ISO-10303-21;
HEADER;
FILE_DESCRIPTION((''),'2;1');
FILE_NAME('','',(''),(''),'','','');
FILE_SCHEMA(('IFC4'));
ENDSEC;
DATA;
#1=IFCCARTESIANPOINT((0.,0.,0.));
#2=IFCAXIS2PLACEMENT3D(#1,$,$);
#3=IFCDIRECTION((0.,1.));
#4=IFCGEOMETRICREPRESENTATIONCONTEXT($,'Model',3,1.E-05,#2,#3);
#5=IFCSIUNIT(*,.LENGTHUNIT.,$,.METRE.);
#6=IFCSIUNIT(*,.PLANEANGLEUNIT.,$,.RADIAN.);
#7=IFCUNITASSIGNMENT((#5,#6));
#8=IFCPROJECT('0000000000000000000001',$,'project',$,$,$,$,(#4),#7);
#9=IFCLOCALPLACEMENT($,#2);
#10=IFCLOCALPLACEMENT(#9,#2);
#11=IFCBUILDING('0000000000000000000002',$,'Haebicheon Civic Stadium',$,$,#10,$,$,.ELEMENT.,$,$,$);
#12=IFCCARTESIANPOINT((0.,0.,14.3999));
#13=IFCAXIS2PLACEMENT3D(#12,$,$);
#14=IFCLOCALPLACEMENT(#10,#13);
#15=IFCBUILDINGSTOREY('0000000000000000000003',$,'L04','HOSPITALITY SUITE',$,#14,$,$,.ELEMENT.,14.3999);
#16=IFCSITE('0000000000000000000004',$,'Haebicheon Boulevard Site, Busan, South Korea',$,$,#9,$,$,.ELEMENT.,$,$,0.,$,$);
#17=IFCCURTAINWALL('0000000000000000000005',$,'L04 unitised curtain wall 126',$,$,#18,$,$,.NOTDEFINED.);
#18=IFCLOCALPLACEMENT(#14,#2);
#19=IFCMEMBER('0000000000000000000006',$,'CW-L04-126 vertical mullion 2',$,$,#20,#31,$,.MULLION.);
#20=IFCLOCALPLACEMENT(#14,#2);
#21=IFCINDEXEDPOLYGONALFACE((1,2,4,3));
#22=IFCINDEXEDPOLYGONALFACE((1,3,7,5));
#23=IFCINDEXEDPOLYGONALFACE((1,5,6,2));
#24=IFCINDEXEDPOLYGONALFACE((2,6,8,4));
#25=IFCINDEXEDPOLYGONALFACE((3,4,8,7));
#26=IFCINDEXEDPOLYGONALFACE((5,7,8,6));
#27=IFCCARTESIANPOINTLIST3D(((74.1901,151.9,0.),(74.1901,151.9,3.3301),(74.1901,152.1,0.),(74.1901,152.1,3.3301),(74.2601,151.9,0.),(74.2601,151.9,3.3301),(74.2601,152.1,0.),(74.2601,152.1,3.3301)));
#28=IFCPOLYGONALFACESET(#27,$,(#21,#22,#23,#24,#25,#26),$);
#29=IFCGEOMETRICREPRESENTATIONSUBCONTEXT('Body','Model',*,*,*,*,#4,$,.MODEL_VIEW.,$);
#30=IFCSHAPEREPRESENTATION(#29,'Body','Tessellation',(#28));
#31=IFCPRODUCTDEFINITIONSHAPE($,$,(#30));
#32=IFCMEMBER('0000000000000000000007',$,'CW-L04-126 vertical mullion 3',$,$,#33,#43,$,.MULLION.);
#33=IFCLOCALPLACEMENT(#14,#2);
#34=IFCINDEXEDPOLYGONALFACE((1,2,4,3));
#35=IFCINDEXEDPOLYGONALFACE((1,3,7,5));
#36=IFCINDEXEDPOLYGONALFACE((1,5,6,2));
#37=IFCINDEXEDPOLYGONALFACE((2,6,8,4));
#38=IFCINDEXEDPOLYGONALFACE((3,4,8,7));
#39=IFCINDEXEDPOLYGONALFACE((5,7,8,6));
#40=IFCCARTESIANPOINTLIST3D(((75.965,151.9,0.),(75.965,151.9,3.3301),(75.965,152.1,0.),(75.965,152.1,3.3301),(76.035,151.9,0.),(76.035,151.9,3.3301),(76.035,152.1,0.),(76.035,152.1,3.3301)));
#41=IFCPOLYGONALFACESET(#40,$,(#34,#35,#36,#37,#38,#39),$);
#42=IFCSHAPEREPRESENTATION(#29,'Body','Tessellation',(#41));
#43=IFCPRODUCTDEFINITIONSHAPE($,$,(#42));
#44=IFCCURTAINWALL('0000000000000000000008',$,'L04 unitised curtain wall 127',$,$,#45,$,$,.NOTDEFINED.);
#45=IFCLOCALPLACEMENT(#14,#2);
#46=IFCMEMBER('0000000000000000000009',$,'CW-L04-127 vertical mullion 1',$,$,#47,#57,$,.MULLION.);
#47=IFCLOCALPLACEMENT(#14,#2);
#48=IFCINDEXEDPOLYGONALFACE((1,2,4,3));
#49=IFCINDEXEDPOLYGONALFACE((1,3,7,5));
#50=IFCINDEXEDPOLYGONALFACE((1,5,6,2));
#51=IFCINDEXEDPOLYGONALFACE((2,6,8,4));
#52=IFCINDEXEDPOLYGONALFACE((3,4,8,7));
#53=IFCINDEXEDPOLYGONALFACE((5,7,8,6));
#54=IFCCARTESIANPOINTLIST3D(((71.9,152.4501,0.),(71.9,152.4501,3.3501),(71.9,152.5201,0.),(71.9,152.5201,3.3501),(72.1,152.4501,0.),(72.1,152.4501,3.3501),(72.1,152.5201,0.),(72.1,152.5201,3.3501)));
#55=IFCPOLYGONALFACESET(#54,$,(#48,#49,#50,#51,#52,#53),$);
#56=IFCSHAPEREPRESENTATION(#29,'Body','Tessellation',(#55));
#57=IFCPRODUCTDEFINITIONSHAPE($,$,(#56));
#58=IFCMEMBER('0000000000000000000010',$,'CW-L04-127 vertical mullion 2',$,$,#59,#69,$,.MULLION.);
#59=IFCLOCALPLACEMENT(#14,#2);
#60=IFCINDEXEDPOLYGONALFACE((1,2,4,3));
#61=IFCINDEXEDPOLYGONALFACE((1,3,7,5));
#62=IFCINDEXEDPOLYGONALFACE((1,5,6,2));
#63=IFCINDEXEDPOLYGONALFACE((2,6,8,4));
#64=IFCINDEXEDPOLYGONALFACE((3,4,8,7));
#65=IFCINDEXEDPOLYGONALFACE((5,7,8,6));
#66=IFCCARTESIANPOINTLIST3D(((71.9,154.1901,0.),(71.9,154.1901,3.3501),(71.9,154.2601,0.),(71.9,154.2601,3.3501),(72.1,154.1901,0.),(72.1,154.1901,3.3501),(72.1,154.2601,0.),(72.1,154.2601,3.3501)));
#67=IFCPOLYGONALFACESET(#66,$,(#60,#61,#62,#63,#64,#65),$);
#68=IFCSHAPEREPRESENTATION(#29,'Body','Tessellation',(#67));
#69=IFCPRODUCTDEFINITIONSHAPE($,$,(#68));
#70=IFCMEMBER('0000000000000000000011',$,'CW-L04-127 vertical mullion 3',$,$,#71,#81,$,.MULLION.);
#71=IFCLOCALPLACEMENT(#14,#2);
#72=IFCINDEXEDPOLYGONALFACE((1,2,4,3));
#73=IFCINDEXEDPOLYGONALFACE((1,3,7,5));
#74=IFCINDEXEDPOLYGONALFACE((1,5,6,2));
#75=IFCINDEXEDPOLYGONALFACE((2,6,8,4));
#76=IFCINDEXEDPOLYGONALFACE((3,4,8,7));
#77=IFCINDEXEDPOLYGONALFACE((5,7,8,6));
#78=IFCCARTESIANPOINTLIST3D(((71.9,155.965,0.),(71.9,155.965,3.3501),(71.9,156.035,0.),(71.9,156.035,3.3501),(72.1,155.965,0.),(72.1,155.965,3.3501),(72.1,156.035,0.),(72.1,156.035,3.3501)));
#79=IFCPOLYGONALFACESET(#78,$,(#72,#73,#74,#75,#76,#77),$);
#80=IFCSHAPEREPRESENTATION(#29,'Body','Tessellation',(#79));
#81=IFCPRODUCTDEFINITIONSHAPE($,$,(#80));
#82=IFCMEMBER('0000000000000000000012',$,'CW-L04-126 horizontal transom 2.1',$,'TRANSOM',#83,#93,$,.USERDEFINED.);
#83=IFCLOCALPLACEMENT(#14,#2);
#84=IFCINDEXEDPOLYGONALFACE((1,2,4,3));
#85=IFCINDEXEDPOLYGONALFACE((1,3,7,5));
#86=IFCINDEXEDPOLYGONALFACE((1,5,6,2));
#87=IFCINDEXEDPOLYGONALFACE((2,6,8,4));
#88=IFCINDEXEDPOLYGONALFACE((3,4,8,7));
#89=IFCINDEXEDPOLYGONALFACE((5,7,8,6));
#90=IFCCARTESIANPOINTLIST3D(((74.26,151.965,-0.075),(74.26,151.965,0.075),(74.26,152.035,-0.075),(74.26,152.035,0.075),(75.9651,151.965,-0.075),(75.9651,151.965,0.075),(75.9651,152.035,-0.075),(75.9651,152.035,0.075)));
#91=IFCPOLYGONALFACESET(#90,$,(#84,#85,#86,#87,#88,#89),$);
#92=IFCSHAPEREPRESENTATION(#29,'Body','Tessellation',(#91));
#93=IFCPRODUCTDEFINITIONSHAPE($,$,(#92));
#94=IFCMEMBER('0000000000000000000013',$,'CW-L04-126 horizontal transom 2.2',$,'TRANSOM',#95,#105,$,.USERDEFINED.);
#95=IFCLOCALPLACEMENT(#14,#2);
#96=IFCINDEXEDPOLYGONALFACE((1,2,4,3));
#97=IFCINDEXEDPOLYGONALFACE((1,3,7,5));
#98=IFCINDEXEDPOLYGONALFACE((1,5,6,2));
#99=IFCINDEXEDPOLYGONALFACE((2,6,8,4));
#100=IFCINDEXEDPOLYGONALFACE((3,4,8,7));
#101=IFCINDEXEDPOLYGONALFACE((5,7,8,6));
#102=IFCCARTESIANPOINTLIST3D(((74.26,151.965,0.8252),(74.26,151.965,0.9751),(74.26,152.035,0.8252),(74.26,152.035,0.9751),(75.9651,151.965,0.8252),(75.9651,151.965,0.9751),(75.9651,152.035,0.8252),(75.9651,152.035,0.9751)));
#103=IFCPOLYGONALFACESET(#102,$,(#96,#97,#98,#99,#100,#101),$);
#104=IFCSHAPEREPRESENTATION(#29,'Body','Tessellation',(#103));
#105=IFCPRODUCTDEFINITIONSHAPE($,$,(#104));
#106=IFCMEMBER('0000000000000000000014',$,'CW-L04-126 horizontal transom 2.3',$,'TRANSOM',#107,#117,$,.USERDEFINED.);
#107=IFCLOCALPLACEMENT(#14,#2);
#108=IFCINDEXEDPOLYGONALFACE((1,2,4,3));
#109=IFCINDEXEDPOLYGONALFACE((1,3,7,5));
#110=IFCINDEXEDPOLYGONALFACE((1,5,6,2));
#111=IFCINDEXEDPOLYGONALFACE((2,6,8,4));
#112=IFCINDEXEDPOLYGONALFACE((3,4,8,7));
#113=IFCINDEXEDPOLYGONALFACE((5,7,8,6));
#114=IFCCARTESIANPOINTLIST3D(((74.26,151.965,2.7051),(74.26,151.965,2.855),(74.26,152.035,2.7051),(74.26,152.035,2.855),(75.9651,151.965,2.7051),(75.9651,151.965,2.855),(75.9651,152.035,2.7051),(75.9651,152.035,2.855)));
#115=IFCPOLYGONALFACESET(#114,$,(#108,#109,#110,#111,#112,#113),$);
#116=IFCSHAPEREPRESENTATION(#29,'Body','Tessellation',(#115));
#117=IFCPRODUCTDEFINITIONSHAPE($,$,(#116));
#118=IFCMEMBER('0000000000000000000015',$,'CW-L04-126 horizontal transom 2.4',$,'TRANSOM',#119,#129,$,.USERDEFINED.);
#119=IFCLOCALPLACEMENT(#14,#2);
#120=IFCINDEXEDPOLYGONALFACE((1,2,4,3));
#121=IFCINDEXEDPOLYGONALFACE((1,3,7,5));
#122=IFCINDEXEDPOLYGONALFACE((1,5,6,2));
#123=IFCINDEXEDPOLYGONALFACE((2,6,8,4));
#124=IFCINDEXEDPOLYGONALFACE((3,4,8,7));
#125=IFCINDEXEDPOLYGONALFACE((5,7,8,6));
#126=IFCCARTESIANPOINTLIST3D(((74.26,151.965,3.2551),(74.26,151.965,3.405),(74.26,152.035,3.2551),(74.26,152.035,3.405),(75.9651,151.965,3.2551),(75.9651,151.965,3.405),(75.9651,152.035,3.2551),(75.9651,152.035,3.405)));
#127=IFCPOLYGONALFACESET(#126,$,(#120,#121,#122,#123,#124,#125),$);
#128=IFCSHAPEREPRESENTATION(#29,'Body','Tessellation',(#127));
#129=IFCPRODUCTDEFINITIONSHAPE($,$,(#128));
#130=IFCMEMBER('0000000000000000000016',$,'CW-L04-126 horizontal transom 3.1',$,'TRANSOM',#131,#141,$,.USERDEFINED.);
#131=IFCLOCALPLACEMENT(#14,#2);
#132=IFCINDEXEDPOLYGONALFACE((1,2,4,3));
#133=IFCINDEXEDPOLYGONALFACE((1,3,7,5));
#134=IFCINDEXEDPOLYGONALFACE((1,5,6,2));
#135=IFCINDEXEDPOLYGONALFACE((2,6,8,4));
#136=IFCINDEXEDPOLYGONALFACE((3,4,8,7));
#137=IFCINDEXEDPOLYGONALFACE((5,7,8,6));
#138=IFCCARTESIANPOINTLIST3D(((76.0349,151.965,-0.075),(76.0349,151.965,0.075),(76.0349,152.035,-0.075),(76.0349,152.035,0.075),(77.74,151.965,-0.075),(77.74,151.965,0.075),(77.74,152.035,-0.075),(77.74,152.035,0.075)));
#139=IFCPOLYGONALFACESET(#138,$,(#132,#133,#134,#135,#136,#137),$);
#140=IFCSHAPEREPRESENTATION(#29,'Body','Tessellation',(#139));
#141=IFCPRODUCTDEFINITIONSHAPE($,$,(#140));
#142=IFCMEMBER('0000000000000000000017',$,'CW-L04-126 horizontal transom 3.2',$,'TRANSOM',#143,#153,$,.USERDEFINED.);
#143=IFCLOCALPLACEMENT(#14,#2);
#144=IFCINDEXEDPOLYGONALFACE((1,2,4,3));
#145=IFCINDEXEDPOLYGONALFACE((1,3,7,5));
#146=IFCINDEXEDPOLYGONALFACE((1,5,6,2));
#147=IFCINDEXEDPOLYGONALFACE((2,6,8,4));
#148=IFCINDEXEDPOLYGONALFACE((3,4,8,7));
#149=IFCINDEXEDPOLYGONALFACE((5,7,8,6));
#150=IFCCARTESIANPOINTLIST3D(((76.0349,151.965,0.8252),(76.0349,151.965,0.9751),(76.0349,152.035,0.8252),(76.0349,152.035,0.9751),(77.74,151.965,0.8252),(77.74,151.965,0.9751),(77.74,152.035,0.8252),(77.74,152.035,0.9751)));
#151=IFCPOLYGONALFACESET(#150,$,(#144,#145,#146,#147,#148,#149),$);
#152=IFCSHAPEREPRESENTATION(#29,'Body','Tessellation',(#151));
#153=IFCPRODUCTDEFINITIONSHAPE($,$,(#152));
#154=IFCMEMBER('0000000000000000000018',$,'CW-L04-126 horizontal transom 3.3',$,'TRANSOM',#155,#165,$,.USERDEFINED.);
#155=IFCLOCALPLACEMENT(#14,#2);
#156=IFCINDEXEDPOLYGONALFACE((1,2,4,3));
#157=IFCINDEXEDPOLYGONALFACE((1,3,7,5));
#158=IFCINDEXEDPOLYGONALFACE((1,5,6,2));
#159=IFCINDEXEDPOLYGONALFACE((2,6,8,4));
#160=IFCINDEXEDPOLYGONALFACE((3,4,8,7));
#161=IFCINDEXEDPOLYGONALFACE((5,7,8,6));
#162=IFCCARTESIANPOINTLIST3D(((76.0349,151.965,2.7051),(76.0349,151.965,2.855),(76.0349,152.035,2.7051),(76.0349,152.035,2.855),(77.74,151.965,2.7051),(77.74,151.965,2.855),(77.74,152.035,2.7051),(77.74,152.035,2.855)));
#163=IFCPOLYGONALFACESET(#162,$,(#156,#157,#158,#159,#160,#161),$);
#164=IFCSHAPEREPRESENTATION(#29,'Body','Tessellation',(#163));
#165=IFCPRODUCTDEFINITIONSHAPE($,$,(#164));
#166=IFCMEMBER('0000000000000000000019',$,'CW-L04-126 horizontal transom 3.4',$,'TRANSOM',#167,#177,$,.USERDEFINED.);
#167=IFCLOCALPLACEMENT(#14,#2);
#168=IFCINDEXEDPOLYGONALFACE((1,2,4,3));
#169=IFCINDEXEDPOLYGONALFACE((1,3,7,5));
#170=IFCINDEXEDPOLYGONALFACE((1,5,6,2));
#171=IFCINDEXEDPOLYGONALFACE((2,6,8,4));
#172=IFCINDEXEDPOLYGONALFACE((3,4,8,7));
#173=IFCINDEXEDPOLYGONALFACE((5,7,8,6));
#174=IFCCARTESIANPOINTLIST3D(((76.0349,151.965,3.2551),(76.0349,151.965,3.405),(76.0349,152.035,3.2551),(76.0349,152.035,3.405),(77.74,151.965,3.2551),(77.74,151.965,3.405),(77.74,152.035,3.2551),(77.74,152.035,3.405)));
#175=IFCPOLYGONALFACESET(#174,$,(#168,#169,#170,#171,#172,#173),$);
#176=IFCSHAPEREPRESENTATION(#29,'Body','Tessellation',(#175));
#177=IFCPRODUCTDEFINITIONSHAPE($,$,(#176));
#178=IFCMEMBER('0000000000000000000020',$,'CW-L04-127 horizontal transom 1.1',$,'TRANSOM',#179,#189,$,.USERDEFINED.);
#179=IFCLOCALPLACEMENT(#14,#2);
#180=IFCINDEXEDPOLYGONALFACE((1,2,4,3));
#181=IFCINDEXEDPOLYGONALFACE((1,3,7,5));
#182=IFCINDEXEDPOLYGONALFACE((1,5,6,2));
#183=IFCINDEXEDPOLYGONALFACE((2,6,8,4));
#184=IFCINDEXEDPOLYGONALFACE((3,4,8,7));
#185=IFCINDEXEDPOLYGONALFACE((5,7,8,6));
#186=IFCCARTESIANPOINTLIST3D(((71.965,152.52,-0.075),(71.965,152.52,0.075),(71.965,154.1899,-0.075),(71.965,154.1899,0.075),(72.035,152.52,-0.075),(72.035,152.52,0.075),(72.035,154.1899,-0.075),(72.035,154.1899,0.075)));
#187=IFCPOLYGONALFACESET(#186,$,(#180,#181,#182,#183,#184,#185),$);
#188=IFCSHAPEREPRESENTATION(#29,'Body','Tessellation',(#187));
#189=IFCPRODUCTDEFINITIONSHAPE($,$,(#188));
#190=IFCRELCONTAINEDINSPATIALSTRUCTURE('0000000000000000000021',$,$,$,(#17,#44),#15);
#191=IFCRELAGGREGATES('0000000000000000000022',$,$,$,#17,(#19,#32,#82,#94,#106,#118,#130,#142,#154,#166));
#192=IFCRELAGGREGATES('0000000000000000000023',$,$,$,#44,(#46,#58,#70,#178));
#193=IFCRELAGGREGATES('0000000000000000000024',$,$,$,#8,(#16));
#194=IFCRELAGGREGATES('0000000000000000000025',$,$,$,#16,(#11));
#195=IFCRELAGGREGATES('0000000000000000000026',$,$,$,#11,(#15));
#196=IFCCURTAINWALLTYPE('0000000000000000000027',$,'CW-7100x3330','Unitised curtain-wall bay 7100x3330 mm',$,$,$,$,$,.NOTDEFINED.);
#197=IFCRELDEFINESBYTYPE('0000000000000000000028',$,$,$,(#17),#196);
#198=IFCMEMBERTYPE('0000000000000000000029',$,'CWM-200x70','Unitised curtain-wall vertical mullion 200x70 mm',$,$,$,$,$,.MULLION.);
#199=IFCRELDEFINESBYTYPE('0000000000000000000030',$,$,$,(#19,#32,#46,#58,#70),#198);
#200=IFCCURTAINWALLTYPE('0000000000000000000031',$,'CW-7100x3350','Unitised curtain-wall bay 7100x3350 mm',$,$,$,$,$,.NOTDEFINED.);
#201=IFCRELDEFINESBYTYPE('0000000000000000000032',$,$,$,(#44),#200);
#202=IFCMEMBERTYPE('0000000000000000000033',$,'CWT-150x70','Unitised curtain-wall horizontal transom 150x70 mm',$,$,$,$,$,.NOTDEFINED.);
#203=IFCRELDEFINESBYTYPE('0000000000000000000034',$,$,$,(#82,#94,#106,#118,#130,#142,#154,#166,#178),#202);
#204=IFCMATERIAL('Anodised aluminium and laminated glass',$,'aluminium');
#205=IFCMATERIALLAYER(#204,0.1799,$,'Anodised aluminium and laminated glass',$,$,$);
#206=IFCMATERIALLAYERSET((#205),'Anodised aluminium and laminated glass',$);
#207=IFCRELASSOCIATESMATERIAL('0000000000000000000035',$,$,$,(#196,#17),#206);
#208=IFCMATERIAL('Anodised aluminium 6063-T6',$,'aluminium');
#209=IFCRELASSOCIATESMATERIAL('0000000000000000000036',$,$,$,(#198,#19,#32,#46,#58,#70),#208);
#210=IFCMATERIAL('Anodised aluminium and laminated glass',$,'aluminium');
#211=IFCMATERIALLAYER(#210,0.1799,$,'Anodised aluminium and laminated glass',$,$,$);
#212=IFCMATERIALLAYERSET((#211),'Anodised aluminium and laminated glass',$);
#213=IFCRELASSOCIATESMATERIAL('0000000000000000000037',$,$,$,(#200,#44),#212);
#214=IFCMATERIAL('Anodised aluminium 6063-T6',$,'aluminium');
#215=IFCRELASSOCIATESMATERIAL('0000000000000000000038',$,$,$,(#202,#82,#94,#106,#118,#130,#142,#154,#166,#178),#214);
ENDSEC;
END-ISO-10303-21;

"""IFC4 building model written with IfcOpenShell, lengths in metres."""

from ifc_helpers import new_model, si_unit, direction, frame, origin, origin_2d, place, context, subcontext, project, spatial, rectangle, extrude, material, layer, layer_set, material_profile, profile_set, type_object, element, aggregate, save


model = new_model("IFC4")

# Units and contexts
model_context = context("Model", 3, precision=1e-05, world=origin(), true_north=direction((0.0, 1.0)))
body_context = subcontext(model_context, "Body", "Model", "MODEL_VIEW")
ifc_project = project(units=[si_unit("LENGTHUNIT", "METRE"), si_unit("PLANEANGLEUNIT", "RADIAN")], contexts=[model_context])

# Site, building, storey
site_placement = place(None, origin())
site = spatial("IfcSite", under=ifc_project, at=site_placement, Name="Haebicheon Boulevard Site, Busan, South Korea", CompositionType="ELEMENT", RefElevation=0.0)
building_placement = place(site_placement, origin())
building = spatial("IfcBuilding", under=site, at=building_placement, Name="Haebicheon Civic Stadium", CompositionType="ELEMENT")
storey_placement = place(building_placement, frame((0.0, 0.0, 14.3999)))
storey = spatial("IfcBuildingStorey", under=building, at=storey_placement, Name="L04", Description="HOSPITALITY SUITE", CompositionType="ELEMENT", Elevation=14.3999)

# Curtain walls, members
ifc_material_1 = material(Name="Anodised aluminium and laminated glass", Category="aluminium")
ifc_layer_1 = layer(ifc_material_1, 0.1799, Name="Anodised aluminium and laminated glass")
ifc_layer_set_1 = layer_set([ifc_layer_1], Name="Anodised aluminium and laminated glass")
curtain_wall_type_1 = type_object("IfcCurtainWallType", Name="CW-7100x3330", Description="Unitised curtain-wall bay 7100x3330 mm", PredefinedType="NOTDEFINED", material=ifc_layer_set_1)
curtain_wall_1_placement = place(storey_placement, origin())
curtain_wall_1 = element("IfcCurtainWall", 1, at=curtain_wall_1_placement, inside=storey, type_object=curtain_wall_type_1, material=ifc_layer_set_1, Name="L04 unitised curtain wall 126", PredefinedType="NOTDEFINED")
ifc_material_2 = material(Name="Anodised aluminium 6063-T6", Category="aluminium")
ifc_material_profile_1 = material_profile(ifc_material_2, rectangle(XDim=0.0701, YDim=0.2, at=origin_2d()), Name="ALU-MULL-70x200")
ifc_profile_set_1 = profile_set([ifc_material_profile_1], Name="Anodised aluminium 6063-T6")
member_type_1 = type_object("IfcMemberType", Name="CWM-200x70", Description="Unitised curtain-wall vertical mullion 200x70 mm", PredefinedType="MULLION", material=ifc_profile_set_1)
member_1_placement = place(storey_placement, frame((74.2251, 152.0, 0.0), z_axis=(0.0, 0.0, 1.0), x_axis=(1.0, 0.0, 0.0)))
member_1 = element("IfcMember", 2, at=member_1_placement, type_object=member_type_1, material=ifc_profile_set_1, Name="CW-L04-126 vertical mullion 2", PredefinedType="MULLION", context=body_context, shape_type="SweptSolid", body=[
    extrude(rectangle(XDim=0.0701, YDim=0.2, at=origin_2d()), origin(), (0.0, 0.0, 1.0), 3.3301),
])
member_2_placement = place(storey_placement, frame((76.0, 152.0, 0.0), z_axis=(0.0, 0.0, 1.0), x_axis=(1.0, 0.0, 0.0)))
member_2 = element("IfcMember", 3, at=member_2_placement, type_object=member_type_1, material=ifc_profile_set_1, Name="CW-L04-126 vertical mullion 3", PredefinedType="MULLION", context=body_context, shape_type="SweptSolid", body=[
    extrude(rectangle(XDim=0.0701, YDim=0.2, at=origin_2d()), origin(), (0.0, 0.0, 1.0), 3.3301),
])
ifc_material_3 = material(Name="Anodised aluminium and laminated glass", Category="aluminium")
ifc_layer_2 = layer(ifc_material_3, 0.1799, Name="Anodised aluminium and laminated glass")
ifc_layer_set_2 = layer_set([ifc_layer_2], Name="Anodised aluminium and laminated glass")
curtain_wall_type_2 = type_object("IfcCurtainWallType", Name="CW-7100x3350", Description="Unitised curtain-wall bay 7100x3350 mm", PredefinedType="NOTDEFINED", material=ifc_layer_set_2)
curtain_wall_2_placement = place(storey_placement, origin())
curtain_wall_2 = element("IfcCurtainWall", 4, at=curtain_wall_2_placement, inside=storey, type_object=curtain_wall_type_2, material=ifc_layer_set_2, Name="L04 unitised curtain wall 127", PredefinedType="NOTDEFINED")
member_3_placement = place(storey_placement, frame((72.0, 152.4851, 0.0), z_axis=(0.0, 0.0, 1.0), x_axis=(0.0, 1.0, 0.0)))
member_3 = element("IfcMember", 5, at=member_3_placement, type_object=member_type_1, material=ifc_profile_set_1, Name="CW-L04-127 vertical mullion 1", PredefinedType="MULLION", context=body_context, shape_type="SweptSolid", body=[
    extrude(rectangle(XDim=0.0701, YDim=0.2, at=origin_2d()), origin(), (0.0, 0.0, 1.0), 3.3501),
])
member_4_placement = place(storey_placement, frame((72.0, 154.2251, 0.0), z_axis=(0.0, 0.0, 1.0), x_axis=(0.0, 1.0, 0.0)))
member_4 = element("IfcMember", 6, at=member_4_placement, type_object=member_type_1, material=ifc_profile_set_1, Name="CW-L04-127 vertical mullion 2", PredefinedType="MULLION", context=body_context, shape_type="SweptSolid", body=[
    extrude(rectangle(XDim=0.0701, YDim=0.2, at=origin_2d()), origin(), (0.0, 0.0, 1.0), 3.3501),
])
member_5_placement = place(storey_placement, frame((72.0, 156.0, 0.0), z_axis=(0.0, 0.0, 1.0), x_axis=(0.0, 1.0, 0.0)))
member_5 = element("IfcMember", 7, at=member_5_placement, type_object=member_type_1, material=ifc_profile_set_1, Name="CW-L04-127 vertical mullion 3", PredefinedType="MULLION", context=body_context, shape_type="SweptSolid", body=[
    extrude(rectangle(XDim=0.0701, YDim=0.2, at=origin_2d()), origin(), (0.0, 0.0, 1.0), 3.3501),
])

# Members
ifc_material_4 = material(Name="Anodised aluminium 6063-T6", Category="aluminium")
ifc_material_profile_2 = material_profile(ifc_material_4, rectangle(XDim=0.0701, YDim=0.1499, at=origin_2d()), Name="ALU-TRAN-70x150")
ifc_profile_set_2 = profile_set([ifc_material_profile_2], Name="Anodised aluminium 6063-T6")
member_type_2 = type_object("IfcMemberType", Name="CWT-150x70", Description="Unitised curtain-wall horizontal transom 150x70 mm", PredefinedType="NOTDEFINED", material=ifc_profile_set_2)
member_6_placement = place(storey_placement, frame((74.26, 152.0, 0.0), z_axis=(1.0, 0.0, 0.0), x_axis=(0.0, 1.0, 0.0)))
member_6 = element("IfcMember", 8, at=member_6_placement, type_object=member_type_2, material=ifc_profile_set_2, Name="CW-L04-126 horizontal transom 2.1", ObjectType="TRANSOM", PredefinedType="USERDEFINED", context=body_context, shape_type="SweptSolid", body=[
    extrude(rectangle(XDim=0.0701, YDim=0.1499, at=origin_2d()), origin(), (0.0, 0.0, 1.0), 1.7051),
])
member_7_placement = place(storey_placement, frame((74.26, 152.0, 0.9001), z_axis=(1.0, 0.0, 0.0), x_axis=(0.0, 1.0, 0.0)))
member_7 = element("IfcMember", 9, at=member_7_placement, type_object=member_type_2, material=ifc_profile_set_2, Name="CW-L04-126 horizontal transom 2.2", ObjectType="TRANSOM", PredefinedType="USERDEFINED", context=body_context, shape_type="SweptSolid", body=[
    extrude(rectangle(XDim=0.0701, YDim=0.1499, at=origin_2d()), origin(), (0.0, 0.0, 1.0), 1.7051),
])
member_8_placement = place(storey_placement, frame((74.26, 152.0, 2.78), z_axis=(1.0, 0.0, 0.0), x_axis=(0.0, 1.0, 0.0)))
member_8 = element("IfcMember", 10, at=member_8_placement, type_object=member_type_2, material=ifc_profile_set_2, Name="CW-L04-126 horizontal transom 2.3", ObjectType="TRANSOM", PredefinedType="USERDEFINED", context=body_context, shape_type="SweptSolid", body=[
    extrude(rectangle(XDim=0.0701, YDim=0.1499, at=origin_2d()), origin(), (0.0, 0.0, 1.0), 1.7051),
])
member_9_placement = place(storey_placement, frame((74.26, 152.0, 3.3301), z_axis=(1.0, 0.0, 0.0), x_axis=(0.0, 1.0, 0.0)))
member_9 = element("IfcMember", 11, at=member_9_placement, type_object=member_type_2, material=ifc_profile_set_2, Name="CW-L04-126 horizontal transom 2.4", ObjectType="TRANSOM", PredefinedType="USERDEFINED", context=body_context, shape_type="SweptSolid", body=[
    extrude(rectangle(XDim=0.0701, YDim=0.1499, at=origin_2d()), origin(), (0.0, 0.0, 1.0), 1.7051),
])
member_10_placement = place(storey_placement, frame((76.0349, 152.0, 0.0), z_axis=(1.0, 0.0, 0.0), x_axis=(0.0, 1.0, 0.0)))
member_10 = element("IfcMember", 12, at=member_10_placement, type_object=member_type_2, material=ifc_profile_set_2, Name="CW-L04-126 horizontal transom 3.1", ObjectType="TRANSOM", PredefinedType="USERDEFINED", context=body_context, shape_type="SweptSolid", body=[
    extrude(rectangle(XDim=0.0701, YDim=0.1499, at=origin_2d()), origin(), (0.0, 0.0, 1.0), 1.7051),
])
member_11_placement = place(storey_placement, frame((76.0349, 152.0, 0.9001), z_axis=(1.0, 0.0, 0.0), x_axis=(0.0, 1.0, 0.0)))
member_11 = element("IfcMember", 13, at=member_11_placement, type_object=member_type_2, material=ifc_profile_set_2, Name="CW-L04-126 horizontal transom 3.2", ObjectType="TRANSOM", PredefinedType="USERDEFINED", context=body_context, shape_type="SweptSolid", body=[
    extrude(rectangle(XDim=0.0701, YDim=0.1499, at=origin_2d()), origin(), (0.0, 0.0, 1.0), 1.7051),
])
member_12_placement = place(storey_placement, frame((76.0349, 152.0, 2.78), z_axis=(1.0, 0.0, 0.0), x_axis=(0.0, 1.0, 0.0)))
member_12 = element("IfcMember", 14, at=member_12_placement, type_object=member_type_2, material=ifc_profile_set_2, Name="CW-L04-126 horizontal transom 3.3", ObjectType="TRANSOM", PredefinedType="USERDEFINED", context=body_context, shape_type="SweptSolid", body=[
    extrude(rectangle(XDim=0.0701, YDim=0.1499, at=origin_2d()), origin(), (0.0, 0.0, 1.0), 1.7051),
])
member_13_placement = place(storey_placement, frame((76.0349, 152.0, 3.3301), z_axis=(1.0, 0.0, 0.0), x_axis=(0.0, 1.0, 0.0)))
member_13 = element("IfcMember", 15, at=member_13_placement, type_object=member_type_2, material=ifc_profile_set_2, Name="CW-L04-126 horizontal transom 3.4", ObjectType="TRANSOM", PredefinedType="USERDEFINED", context=body_context, shape_type="SweptSolid", body=[
    extrude(rectangle(XDim=0.0701, YDim=0.1499, at=origin_2d()), origin(), (0.0, 0.0, 1.0), 1.7051),
])
member_14_placement = place(storey_placement, frame((72.0, 152.52, 0.0), z_axis=(0.0, 1.0, 0.0), x_axis=(-1.0, 0.0, 0.0)))
member_14 = element("IfcMember", 16, at=member_14_placement, type_object=member_type_2, material=ifc_profile_set_2, Name="CW-L04-127 horizontal transom 1.1", ObjectType="TRANSOM", PredefinedType="USERDEFINED", context=body_context, shape_type="SweptSolid", body=[
    extrude(rectangle(XDim=0.0701, YDim=0.1499, at=origin_2d()), origin(), (0.0, 0.0, 1.0), 1.6699),
])

aggregate(curtain_wall_1, [member_1, member_2, member_6, member_7, member_8, member_9, member_10, member_11, member_12, member_13])
aggregate(curtain_wall_2, [member_3, member_4, member_5, member_14])

save(model, "model.ifc")
